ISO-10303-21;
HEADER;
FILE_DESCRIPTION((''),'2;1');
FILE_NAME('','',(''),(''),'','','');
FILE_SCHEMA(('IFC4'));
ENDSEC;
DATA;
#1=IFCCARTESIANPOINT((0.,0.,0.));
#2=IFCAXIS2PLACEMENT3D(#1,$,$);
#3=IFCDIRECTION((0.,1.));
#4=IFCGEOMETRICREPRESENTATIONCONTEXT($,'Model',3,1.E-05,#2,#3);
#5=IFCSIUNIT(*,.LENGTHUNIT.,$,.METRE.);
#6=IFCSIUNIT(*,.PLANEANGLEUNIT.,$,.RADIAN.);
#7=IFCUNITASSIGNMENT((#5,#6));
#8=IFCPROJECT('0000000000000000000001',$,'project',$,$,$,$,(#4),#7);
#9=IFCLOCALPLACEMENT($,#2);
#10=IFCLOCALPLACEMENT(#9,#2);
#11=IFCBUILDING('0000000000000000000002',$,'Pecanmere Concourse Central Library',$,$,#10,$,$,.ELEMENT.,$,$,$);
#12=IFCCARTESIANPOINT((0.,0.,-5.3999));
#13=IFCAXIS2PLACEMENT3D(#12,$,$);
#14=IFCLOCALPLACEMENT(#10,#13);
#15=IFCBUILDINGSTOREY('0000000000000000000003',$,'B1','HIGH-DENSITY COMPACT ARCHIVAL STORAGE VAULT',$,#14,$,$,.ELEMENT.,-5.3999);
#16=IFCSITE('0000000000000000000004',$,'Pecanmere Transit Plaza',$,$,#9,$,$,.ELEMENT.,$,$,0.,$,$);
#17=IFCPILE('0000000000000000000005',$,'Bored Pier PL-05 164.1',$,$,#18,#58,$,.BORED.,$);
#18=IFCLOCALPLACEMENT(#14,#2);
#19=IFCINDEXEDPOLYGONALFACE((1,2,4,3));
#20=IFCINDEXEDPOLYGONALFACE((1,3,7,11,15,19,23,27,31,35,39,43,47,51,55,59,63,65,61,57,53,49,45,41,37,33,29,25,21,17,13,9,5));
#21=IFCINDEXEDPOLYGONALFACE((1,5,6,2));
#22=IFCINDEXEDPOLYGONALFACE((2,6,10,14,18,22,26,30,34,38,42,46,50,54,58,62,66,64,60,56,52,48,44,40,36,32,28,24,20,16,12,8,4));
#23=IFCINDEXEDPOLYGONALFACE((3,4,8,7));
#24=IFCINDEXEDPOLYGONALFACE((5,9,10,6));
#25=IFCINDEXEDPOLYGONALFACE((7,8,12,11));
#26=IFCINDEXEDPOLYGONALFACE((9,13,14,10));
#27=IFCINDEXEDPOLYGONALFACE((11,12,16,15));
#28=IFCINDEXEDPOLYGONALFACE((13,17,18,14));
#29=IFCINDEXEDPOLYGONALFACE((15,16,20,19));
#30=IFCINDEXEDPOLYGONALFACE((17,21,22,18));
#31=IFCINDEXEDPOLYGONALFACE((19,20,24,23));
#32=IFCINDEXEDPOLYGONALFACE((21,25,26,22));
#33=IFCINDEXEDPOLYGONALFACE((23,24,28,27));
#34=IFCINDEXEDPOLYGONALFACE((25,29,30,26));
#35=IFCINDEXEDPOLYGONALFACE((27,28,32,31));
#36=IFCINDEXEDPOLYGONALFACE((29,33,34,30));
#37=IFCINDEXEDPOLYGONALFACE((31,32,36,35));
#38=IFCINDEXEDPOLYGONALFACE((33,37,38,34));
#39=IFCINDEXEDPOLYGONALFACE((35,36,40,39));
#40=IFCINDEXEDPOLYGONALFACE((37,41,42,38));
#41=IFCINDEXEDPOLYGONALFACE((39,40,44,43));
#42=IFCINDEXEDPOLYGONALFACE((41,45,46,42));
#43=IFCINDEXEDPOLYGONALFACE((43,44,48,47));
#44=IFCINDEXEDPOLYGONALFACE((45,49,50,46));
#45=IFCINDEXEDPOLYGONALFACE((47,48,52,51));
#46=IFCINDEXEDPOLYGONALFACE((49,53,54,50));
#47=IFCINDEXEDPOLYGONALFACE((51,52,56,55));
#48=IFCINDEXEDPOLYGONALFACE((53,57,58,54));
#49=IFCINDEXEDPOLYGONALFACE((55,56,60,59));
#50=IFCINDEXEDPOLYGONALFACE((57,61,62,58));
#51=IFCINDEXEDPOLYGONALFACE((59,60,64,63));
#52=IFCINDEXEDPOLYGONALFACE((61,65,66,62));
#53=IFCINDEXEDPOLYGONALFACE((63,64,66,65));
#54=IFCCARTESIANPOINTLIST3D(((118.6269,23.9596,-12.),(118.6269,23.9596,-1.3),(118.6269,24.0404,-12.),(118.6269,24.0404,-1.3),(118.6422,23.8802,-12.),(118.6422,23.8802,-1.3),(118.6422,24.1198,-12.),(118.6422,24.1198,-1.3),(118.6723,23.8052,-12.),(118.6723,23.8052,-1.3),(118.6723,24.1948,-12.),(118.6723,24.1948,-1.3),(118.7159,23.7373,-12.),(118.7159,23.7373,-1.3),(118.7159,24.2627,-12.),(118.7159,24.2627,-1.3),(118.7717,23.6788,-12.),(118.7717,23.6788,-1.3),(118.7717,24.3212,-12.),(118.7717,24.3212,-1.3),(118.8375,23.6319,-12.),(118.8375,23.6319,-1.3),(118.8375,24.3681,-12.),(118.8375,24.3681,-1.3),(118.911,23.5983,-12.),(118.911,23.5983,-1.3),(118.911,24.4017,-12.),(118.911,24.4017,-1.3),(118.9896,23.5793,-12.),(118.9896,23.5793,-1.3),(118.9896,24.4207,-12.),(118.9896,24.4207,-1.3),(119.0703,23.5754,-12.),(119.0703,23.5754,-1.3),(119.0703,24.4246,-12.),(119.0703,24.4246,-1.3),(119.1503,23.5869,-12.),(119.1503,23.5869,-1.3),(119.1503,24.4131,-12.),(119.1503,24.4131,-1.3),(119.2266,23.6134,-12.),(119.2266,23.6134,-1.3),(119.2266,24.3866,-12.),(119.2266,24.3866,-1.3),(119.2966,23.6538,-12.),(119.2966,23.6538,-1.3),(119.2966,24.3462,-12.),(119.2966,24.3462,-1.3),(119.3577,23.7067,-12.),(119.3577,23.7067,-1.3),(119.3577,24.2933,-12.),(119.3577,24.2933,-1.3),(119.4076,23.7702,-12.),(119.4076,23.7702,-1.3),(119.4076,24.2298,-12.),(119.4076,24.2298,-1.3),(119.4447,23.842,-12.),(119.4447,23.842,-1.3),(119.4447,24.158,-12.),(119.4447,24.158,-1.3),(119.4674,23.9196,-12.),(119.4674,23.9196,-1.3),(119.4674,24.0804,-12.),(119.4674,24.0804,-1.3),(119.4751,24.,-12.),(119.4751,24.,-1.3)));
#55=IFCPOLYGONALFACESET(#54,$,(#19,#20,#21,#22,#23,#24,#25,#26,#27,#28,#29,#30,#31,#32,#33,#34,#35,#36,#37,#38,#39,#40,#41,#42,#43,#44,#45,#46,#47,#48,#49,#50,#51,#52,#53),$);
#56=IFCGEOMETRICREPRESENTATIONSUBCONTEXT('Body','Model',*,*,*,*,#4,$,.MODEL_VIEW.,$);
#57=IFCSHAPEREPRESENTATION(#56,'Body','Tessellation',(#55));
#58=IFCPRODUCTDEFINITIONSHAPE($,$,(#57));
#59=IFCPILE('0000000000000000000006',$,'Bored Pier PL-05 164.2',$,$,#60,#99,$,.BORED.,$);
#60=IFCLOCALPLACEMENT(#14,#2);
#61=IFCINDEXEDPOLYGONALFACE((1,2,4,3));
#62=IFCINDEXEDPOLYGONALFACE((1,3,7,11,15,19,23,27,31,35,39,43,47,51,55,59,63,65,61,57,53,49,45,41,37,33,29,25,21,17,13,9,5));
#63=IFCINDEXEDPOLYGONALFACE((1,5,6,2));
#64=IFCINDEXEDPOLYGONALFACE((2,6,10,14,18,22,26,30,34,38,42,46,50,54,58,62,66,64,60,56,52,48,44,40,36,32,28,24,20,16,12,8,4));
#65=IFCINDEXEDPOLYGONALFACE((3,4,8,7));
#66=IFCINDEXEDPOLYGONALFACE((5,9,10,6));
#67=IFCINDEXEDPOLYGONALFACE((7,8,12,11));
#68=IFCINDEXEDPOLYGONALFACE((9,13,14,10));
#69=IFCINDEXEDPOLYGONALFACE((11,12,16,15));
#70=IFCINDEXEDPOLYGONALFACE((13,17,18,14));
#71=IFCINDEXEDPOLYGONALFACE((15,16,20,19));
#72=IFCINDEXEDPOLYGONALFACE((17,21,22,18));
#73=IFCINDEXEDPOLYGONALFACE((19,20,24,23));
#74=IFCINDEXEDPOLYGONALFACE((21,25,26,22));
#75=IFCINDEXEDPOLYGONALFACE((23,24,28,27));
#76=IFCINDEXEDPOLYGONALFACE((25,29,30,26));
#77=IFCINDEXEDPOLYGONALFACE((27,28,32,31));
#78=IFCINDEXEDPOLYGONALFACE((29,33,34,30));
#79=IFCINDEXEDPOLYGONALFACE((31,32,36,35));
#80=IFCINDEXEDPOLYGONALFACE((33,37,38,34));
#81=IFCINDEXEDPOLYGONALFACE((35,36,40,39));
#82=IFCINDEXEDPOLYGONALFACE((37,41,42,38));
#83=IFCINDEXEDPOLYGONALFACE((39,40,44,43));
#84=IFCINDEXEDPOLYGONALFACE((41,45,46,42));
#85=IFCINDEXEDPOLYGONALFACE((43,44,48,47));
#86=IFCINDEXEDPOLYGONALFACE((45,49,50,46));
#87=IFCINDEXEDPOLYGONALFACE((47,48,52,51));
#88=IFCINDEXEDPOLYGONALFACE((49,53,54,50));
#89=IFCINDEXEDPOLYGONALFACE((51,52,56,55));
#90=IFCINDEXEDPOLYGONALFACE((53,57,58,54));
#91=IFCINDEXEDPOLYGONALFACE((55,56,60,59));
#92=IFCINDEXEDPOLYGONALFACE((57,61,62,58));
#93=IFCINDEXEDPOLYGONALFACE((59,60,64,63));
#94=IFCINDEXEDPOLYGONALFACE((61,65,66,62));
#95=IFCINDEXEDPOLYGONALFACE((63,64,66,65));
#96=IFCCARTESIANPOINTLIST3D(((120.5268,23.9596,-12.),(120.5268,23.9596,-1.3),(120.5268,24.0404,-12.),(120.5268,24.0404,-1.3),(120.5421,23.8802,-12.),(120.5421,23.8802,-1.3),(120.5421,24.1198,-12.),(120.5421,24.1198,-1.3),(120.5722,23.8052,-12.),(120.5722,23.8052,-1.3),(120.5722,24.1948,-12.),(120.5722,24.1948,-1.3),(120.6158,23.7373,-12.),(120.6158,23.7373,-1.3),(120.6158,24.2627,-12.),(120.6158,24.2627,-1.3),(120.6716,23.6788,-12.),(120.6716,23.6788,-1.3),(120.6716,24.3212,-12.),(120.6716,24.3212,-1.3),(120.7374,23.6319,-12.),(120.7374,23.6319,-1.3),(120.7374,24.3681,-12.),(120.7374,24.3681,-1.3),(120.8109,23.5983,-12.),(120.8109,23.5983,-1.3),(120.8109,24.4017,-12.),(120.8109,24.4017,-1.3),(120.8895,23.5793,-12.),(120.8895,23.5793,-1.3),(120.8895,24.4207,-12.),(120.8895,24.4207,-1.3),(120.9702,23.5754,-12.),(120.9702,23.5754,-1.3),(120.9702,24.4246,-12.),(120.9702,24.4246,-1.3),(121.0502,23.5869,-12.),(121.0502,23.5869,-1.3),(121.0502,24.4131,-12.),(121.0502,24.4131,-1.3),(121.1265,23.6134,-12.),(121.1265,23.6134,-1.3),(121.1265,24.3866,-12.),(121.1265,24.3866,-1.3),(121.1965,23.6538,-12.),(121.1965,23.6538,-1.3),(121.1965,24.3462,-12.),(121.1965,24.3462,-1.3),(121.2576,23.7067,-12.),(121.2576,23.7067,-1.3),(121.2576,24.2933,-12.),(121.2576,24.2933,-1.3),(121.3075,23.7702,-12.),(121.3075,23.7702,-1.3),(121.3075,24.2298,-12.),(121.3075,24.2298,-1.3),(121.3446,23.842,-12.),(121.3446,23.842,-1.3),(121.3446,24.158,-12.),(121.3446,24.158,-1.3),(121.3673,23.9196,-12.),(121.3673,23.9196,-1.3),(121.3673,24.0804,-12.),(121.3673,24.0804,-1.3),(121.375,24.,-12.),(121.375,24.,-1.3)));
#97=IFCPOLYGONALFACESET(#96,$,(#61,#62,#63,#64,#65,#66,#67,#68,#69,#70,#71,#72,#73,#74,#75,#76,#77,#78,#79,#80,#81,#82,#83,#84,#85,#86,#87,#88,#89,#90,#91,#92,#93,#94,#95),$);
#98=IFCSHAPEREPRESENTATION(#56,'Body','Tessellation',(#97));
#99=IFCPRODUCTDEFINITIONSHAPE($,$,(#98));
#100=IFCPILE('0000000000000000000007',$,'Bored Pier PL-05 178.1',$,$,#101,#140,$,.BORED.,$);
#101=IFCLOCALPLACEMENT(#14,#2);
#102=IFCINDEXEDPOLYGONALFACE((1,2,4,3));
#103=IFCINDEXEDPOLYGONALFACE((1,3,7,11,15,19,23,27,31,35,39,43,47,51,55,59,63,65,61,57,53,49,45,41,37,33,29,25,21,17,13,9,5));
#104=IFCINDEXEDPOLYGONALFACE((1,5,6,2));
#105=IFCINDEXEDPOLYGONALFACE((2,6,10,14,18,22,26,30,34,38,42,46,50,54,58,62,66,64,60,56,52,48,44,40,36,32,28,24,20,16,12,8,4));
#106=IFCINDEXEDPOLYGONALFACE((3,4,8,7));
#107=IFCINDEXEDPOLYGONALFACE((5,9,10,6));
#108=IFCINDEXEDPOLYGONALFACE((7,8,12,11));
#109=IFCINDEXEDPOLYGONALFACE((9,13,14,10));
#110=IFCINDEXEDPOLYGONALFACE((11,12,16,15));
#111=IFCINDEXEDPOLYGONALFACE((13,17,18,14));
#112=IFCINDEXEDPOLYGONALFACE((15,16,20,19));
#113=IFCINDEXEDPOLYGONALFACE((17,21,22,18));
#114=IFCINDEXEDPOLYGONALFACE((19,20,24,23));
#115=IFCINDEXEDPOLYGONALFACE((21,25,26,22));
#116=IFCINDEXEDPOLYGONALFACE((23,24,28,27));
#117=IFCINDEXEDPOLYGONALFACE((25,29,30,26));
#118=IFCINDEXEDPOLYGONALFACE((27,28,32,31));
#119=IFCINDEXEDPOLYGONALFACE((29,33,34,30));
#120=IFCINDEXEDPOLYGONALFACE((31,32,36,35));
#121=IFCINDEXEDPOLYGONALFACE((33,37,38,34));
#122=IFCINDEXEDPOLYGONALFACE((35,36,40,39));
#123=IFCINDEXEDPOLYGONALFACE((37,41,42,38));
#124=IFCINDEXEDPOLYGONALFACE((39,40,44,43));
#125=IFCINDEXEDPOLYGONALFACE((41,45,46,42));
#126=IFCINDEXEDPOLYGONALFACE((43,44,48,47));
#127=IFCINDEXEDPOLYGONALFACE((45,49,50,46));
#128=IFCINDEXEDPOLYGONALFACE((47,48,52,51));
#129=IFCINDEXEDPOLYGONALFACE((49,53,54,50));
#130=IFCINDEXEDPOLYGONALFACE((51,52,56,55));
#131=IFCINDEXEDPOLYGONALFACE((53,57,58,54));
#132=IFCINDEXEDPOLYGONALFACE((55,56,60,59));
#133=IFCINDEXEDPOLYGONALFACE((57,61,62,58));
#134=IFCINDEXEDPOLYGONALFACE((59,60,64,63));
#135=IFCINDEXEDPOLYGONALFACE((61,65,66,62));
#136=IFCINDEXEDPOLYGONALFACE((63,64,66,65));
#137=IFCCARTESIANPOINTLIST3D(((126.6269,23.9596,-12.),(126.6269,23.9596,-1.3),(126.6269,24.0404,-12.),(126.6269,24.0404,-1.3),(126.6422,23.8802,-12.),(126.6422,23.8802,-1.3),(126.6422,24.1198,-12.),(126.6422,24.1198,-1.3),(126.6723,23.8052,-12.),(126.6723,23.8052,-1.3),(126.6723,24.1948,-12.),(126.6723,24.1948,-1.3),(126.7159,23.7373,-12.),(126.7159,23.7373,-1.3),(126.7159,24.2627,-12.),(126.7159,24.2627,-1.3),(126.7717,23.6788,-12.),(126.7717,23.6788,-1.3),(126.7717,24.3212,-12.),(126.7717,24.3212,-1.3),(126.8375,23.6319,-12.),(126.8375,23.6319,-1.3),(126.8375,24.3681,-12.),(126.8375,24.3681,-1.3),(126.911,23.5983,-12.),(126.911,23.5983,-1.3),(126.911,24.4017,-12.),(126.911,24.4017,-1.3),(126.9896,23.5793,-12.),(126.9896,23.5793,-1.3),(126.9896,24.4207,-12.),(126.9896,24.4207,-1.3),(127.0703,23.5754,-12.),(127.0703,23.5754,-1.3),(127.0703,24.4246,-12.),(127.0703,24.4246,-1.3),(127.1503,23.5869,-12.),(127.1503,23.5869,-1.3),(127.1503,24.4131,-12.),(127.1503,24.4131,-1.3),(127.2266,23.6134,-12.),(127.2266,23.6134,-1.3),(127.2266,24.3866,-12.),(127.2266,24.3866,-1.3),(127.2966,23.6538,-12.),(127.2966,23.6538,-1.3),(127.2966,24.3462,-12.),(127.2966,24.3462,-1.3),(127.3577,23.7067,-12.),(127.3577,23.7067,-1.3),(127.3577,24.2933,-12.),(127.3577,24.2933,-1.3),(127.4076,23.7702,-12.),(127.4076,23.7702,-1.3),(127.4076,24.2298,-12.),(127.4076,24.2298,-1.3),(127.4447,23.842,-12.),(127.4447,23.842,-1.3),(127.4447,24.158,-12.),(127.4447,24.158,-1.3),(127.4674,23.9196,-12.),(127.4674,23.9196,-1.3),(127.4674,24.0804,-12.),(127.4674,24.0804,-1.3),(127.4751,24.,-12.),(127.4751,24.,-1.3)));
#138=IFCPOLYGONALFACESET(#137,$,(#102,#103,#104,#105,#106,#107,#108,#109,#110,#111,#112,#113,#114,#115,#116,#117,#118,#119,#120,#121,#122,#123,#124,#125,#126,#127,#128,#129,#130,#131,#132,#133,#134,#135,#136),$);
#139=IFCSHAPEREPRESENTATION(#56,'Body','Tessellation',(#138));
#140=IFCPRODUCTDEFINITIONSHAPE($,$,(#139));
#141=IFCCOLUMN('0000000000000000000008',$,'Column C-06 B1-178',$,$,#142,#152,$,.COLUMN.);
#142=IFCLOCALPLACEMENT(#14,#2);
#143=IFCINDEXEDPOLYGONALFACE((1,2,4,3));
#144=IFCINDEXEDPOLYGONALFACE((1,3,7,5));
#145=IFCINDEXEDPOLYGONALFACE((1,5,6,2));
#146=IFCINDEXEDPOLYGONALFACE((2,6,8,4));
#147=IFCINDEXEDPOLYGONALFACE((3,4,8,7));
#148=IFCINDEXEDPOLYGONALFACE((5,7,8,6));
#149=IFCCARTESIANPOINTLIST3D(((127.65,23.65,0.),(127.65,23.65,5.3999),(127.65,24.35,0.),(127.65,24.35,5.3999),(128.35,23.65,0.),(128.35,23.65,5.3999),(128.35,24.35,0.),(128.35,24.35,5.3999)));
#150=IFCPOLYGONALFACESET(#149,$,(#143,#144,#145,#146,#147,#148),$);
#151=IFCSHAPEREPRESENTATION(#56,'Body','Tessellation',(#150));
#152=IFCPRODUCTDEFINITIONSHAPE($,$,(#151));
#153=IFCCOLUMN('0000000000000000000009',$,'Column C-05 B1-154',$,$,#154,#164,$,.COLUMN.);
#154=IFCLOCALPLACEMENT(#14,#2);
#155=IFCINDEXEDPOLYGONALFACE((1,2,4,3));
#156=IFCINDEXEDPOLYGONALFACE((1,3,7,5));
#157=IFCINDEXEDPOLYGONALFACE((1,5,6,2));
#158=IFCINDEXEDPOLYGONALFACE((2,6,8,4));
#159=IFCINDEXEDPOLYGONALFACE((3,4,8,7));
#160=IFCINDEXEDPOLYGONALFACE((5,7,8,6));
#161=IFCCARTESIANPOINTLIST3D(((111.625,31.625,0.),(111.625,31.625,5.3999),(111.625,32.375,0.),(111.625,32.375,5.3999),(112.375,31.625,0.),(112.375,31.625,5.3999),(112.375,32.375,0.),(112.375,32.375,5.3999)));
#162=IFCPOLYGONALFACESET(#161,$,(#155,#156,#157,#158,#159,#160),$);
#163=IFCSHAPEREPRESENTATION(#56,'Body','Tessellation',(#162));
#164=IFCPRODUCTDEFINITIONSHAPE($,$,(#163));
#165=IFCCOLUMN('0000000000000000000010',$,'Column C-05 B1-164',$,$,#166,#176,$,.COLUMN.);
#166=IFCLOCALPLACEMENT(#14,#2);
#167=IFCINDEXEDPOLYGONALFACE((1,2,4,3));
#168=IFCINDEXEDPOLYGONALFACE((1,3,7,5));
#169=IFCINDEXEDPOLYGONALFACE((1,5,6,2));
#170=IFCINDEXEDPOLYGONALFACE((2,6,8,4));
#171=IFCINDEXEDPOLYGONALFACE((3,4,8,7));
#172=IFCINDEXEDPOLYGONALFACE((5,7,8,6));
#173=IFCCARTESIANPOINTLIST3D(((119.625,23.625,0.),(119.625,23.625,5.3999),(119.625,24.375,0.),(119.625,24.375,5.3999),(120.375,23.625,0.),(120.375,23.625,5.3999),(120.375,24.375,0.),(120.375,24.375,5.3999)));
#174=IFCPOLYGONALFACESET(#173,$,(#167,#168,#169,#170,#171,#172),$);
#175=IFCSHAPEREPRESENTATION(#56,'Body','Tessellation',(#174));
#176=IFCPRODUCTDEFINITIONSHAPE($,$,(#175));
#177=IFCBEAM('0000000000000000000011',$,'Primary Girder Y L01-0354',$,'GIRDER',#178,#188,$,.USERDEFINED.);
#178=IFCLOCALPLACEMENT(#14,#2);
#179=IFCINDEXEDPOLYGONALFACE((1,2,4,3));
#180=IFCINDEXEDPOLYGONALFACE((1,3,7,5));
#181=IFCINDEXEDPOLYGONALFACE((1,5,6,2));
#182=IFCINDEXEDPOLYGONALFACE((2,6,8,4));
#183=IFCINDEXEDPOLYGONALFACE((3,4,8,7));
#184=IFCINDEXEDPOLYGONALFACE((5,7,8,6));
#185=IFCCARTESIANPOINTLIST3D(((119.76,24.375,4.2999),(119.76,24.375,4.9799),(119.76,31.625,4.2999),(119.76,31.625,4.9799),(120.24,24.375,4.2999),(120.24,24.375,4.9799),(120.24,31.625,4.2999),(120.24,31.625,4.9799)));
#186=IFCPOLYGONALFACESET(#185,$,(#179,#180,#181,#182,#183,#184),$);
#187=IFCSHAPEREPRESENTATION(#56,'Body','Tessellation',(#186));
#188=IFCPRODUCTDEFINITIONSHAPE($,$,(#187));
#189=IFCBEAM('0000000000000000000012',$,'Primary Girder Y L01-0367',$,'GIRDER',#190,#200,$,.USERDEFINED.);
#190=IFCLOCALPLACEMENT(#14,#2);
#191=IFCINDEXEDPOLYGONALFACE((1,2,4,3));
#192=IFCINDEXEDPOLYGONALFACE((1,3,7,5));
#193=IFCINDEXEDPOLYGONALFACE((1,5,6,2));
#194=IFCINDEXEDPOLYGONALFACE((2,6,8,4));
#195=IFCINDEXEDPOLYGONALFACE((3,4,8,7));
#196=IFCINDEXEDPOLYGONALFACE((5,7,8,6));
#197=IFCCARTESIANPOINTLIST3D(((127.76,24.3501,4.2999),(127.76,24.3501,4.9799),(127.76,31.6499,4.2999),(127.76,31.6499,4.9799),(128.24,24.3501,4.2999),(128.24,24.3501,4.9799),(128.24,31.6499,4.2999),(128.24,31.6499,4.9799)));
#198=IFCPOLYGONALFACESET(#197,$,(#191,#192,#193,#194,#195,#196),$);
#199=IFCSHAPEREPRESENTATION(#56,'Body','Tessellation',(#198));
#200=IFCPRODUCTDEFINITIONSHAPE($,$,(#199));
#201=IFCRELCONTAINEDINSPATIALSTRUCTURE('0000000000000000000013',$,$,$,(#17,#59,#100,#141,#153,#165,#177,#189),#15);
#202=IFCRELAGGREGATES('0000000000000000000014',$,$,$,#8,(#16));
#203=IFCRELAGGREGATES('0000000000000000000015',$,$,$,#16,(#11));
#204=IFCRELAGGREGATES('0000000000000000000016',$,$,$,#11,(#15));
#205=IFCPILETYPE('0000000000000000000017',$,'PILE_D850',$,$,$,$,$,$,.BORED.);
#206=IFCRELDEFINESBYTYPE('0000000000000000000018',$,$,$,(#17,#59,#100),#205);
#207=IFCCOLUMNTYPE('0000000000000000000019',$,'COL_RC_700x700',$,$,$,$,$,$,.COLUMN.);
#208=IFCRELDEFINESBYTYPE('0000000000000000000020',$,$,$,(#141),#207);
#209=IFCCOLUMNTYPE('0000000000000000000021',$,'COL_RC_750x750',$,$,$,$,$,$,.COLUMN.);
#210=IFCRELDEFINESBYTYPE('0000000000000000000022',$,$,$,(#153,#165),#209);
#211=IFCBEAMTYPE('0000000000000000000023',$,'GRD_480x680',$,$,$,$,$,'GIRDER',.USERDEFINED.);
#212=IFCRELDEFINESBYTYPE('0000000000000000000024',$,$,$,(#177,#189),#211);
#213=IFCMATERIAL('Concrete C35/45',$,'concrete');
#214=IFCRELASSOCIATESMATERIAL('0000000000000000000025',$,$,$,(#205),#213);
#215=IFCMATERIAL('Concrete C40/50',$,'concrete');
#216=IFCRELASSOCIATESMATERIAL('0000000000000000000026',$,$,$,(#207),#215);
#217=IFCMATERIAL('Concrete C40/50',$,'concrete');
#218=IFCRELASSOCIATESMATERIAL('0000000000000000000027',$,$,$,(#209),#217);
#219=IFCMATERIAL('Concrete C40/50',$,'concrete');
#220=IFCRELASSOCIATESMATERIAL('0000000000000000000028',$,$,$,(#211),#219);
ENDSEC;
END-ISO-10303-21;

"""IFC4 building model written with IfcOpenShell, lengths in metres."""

from ifc_helpers import new_model, si_unit, direction, frame, origin, origin_2d, place, context, subcontext, project, spatial, rectangle, circle, extrude, material, material_profile, profile_set, type_object, element, save


model = new_model("IFC4")

# Units and contexts
model_context = context("Model", 3, precision=1e-05, world=origin(), true_north=direction((0.0, 1.0)))
body_context = subcontext(model_context, "Body", "Model", "MODEL_VIEW")
ifc_project = project(units=[si_unit("LENGTHUNIT", "METRE"), si_unit("PLANEANGLEUNIT", "RADIAN")], contexts=[model_context])

# Site, building, storey
site_placement = place(None, origin())
site = spatial("IfcSite", under=ifc_project, at=site_placement, Name="Pecanmere Transit Plaza", CompositionType="ELEMENT", RefElevation=0.0)
building_placement = place(site_placement, origin())
building = spatial("IfcBuilding", under=site, at=building_placement, Name="Pecanmere Concourse Central Library", CompositionType="ELEMENT")
storey_placement = place(building_placement, frame((0.0, 0.0, -5.3999)))
storey = spatial("IfcBuildingStorey", under=building, at=storey_placement, Name="B1", Description="HIGH-DENSITY COMPACT ARCHIVAL STORAGE VAULT", CompositionType="ELEMENT", Elevation=-5.3999)

# Piles
ifc_material_1 = material(Name="Concrete C35/45", Category="concrete")
ifc_material_profile_1 = material_profile(ifc_material_1, circle(Radius=0.425, at=origin_2d()), Name="PIER D850")
ifc_profile_set_1 = profile_set([ifc_material_profile_1], Name="Concrete C35/45")
pile_type = type_object("IfcPileType", Name="PILE_D850", PredefinedType="BORED", material=ifc_profile_set_1)
for number, where, z_axis, x_axis, name in (
    (1, (119.05, 24.0, -1.3), (0.0, 0.0, -1.0), (1.0, 0.0, 0.0), "Bored Pier PL-05 164.1"),
    (2, (120.95, 24.0, -1.3), (0.0, 0.0, -1.0), (1.0, 0.0, 0.0), "Bored Pier PL-05 164.2"),
    (3, (127.05, 24.0, -1.3), (0.0, 0.0, -1.0), (1.0, 0.0, 0.0), "Bored Pier PL-05 178.1"),
):
    element("IfcPile", number, at=place(storey_placement, frame(where, z_axis=z_axis, x_axis=x_axis)), inside=storey, type_object=pile_type, Name=name, PredefinedType="BORED", context=body_context, shape_type="SweptSolid", body=[
        extrude(circle(Radius=0.425, at=origin_2d()), origin(), (0.0, 0.0, 1.0), 10.7),
    ])

# Columns
ifc_material_2 = material(Name="Concrete C40/50", Category="concrete")
ifc_material_profile_2 = material_profile(ifc_material_2, rectangle(XDim=0.7, YDim=0.7, at=origin_2d()), Name="RC 700x700")
ifc_profile_set_2 = profile_set([ifc_material_profile_2], Name="Concrete C40/50")
column_type_1 = type_object("IfcColumnType", Name="COL_RC_700x700", PredefinedType="COLUMN", material=ifc_profile_set_2)
column_placement = place(storey_placement, frame((128.0, 24.0, 0.0), z_axis=(0.0, 0.0, 1.0), x_axis=(1.0, 0.0, 0.0)))
element("IfcColumn", 4, at=column_placement, inside=storey, type_object=column_type_1, Name="Column C-06 B1-178", PredefinedType="COLUMN", context=body_context, shape_type="SweptSolid", body=[
    extrude(rectangle(XDim=0.7, YDim=0.7, at=origin_2d()), origin(), (0.0, 0.0, 1.0), 5.3999),
])
ifc_material_3 = material(Name="Concrete C40/50", Category="concrete")
ifc_material_profile_3 = material_profile(ifc_material_3, rectangle(XDim=0.75, YDim=0.75, at=origin_2d()), Name="RC 750x750")
ifc_profile_set_3 = profile_set([ifc_material_profile_3], Name="Concrete C40/50")
column_type_2 = type_object("IfcColumnType", Name="COL_RC_750x750", PredefinedType="COLUMN", material=ifc_profile_set_3)
for number, where, z_axis, x_axis, name in (
    (5, (112.0, 32.0, 0.0), (0.0, 0.0, 1.0), (1.0, 0.0, 0.0), "Column C-05 B1-154"),
    (6, (120.0, 24.0, 0.0), (0.0, 0.0, 1.0), (1.0, 0.0, 0.0), "Column C-05 B1-164"),
):
    element("IfcColumn", number, at=place(storey_placement, frame(where, z_axis=z_axis, x_axis=x_axis)), inside=storey, type_object=column_type_2, Name=name, PredefinedType="COLUMN", context=body_context, shape_type="SweptSolid", body=[
        extrude(rectangle(XDim=0.75, YDim=0.75, at=origin_2d()), origin(), (0.0, 0.0, 1.0), 5.3999),
    ])

# Beams
ifc_material_4 = material(Name="Concrete C40/50", Category="concrete")
ifc_material_profile_4 = material_profile(ifc_material_4, rectangle(XDim=0.48, YDim=0.6799, at=origin_2d()), Name="RC 480x680")
ifc_profile_set_4 = profile_set([ifc_material_profile_4], Name="Concrete C40/50")
beam_type_1 = type_object("IfcBeamType", Name="GRD_480x680", ElementType="GIRDER", PredefinedType="USERDEFINED", material=ifc_profile_set_4)
beam_1_placement = place(storey_placement, frame((120.0, 24.375, 4.6399), z_axis=(0.0, 1.0, 0.0), x_axis=(-1.0, 0.0, 0.0)))
element("IfcBeam", 7, at=beam_1_placement, inside=storey, type_object=beam_type_1, Name="Primary Girder Y L01-0354", ObjectType="GIRDER", PredefinedType="USERDEFINED", context=body_context, shape_type="SweptSolid", body=[
    extrude(rectangle(XDim=0.48, YDim=0.6799, at=origin_2d()), origin(), (0.0, 0.0, 1.0), 7.25),
])
beam_2_placement = place(storey_placement, frame((128.0, 24.3501, 4.6399), z_axis=(0.0, 1.0, 0.0), x_axis=(-1.0, 0.0, 0.0)))
element("IfcBeam", 8, at=beam_2_placement, inside=storey, type_object=beam_type_1, Name="Primary Girder Y L01-0367", ObjectType="GIRDER", PredefinedType="USERDEFINED", context=body_context, shape_type="SweptSolid", body=[
    extrude(rectangle(XDim=0.48, YDim=0.6799, at=origin_2d()), origin(), (0.0, 0.0, 1.0), 7.2998),
])

save(model, "model.ifc")
